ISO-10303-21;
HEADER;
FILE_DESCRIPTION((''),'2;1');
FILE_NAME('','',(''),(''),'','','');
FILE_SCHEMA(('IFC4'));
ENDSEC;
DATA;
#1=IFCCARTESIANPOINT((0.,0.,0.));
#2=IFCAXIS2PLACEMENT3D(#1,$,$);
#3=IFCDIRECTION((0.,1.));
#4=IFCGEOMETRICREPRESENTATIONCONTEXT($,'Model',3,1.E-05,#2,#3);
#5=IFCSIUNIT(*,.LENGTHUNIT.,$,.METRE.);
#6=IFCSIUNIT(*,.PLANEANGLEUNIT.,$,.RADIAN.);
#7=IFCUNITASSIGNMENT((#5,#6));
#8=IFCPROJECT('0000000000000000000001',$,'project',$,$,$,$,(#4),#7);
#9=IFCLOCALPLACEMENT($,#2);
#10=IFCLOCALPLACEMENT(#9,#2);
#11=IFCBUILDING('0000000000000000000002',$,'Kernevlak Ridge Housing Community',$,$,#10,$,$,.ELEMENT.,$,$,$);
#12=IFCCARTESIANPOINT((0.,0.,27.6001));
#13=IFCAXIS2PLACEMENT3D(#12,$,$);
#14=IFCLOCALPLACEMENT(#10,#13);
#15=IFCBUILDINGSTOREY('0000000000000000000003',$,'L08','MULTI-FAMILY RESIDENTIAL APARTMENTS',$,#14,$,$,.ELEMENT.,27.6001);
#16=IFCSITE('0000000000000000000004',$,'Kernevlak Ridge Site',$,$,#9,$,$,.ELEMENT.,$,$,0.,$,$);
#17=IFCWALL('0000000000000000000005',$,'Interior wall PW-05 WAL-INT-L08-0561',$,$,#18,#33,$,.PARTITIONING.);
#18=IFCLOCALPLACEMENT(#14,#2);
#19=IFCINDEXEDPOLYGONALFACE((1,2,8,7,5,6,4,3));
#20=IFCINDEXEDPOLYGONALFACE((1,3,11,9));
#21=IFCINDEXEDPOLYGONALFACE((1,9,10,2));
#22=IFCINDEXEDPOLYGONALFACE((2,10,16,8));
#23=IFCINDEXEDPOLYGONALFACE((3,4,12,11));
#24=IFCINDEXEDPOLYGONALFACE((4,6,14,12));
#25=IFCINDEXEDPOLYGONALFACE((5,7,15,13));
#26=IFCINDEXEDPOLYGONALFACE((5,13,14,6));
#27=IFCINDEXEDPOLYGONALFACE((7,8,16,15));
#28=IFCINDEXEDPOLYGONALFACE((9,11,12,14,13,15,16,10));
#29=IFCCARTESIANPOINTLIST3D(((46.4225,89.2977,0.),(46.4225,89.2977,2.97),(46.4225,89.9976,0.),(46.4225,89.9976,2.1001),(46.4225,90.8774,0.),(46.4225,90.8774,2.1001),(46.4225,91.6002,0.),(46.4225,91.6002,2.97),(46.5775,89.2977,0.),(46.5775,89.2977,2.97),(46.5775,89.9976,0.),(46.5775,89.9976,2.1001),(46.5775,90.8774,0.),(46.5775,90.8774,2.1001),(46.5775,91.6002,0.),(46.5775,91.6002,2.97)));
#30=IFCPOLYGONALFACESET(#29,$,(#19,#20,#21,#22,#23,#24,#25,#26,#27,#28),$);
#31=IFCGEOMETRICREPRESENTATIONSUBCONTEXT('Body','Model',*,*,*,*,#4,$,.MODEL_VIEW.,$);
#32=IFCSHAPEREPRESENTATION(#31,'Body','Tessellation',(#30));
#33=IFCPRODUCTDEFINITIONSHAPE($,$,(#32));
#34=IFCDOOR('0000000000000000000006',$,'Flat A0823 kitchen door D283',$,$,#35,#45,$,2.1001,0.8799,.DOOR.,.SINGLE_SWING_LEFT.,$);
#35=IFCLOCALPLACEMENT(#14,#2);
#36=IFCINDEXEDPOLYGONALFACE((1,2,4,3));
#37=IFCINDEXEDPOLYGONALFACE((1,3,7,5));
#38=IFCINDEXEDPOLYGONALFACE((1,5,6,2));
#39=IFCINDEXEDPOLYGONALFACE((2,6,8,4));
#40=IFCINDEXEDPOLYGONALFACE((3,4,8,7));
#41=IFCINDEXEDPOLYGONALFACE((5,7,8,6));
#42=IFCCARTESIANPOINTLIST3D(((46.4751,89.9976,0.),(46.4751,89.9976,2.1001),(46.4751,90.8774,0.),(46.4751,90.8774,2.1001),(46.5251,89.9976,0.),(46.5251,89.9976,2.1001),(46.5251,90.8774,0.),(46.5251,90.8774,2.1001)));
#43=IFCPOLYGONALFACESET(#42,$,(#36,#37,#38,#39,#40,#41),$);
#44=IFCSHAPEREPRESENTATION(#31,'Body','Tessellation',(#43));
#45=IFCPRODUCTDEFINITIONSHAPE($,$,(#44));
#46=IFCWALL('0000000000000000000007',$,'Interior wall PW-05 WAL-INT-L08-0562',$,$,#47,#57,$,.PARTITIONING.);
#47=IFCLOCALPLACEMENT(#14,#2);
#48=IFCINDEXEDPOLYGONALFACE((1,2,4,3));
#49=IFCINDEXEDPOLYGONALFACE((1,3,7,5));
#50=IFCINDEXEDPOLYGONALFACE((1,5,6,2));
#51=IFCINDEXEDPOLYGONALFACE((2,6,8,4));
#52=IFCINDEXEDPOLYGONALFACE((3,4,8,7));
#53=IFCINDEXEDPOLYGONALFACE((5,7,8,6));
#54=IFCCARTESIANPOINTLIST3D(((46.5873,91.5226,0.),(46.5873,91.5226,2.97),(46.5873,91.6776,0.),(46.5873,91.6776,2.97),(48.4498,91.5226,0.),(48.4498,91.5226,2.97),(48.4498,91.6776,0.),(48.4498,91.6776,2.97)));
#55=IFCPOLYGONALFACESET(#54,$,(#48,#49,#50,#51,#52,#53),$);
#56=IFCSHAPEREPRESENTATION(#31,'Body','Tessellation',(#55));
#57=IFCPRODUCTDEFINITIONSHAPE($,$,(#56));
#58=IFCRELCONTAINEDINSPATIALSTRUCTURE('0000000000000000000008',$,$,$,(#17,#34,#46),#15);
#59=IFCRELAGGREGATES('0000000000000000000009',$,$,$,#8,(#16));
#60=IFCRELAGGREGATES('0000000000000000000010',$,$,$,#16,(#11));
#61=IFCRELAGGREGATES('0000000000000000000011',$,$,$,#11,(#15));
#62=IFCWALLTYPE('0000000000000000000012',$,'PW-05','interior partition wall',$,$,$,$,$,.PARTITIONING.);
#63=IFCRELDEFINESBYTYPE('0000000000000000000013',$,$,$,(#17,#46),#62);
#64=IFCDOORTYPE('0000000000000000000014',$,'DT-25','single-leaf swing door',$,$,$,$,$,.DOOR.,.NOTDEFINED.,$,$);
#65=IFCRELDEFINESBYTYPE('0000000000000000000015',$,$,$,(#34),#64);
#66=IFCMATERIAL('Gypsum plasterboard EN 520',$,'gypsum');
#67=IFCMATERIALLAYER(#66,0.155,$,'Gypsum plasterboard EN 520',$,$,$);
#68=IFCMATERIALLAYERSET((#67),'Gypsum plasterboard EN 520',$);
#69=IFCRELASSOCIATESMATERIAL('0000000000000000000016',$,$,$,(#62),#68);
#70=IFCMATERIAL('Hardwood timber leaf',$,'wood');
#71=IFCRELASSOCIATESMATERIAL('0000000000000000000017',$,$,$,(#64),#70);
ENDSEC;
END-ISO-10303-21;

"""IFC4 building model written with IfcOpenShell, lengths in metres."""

from ifc_helpers import new_model, si_unit, direction, frame, frame_2d, origin, place, context, subcontext, project, spatial, rectangle, extrude, material, layer, layer_set, type_object, element, fill, save


model = new_model("IFC4")

# Units and contexts
model_context = context("Model", 3, precision=1e-05, world=origin(), true_north=direction((0.0, 1.0)))
body_context = subcontext(model_context, "Body", "Model", "MODEL_VIEW")
ifc_project = project(units=[si_unit("LENGTHUNIT", "METRE"), si_unit("PLANEANGLEUNIT", "RADIAN")], contexts=[model_context])

# Site, building, storey
site_placement = place(None, origin())
site = spatial("IfcSite", under=ifc_project, at=site_placement, Name="Kernevlak Ridge Site", CompositionType="ELEMENT", RefElevation=0.0)
building_placement = place(site_placement, origin())
building = spatial("IfcBuilding", under=site, at=building_placement, Name="Kernevlak Ridge Housing Community", CompositionType="ELEMENT")
storey_placement = place(building_placement, frame((0.0, 0.0, 27.6001)))
storey = spatial("IfcBuildingStorey", under=building, at=storey_placement, Name="L08", Description="MULTI-FAMILY RESIDENTIAL APARTMENTS", CompositionType="ELEMENT", Elevation=27.6001)

# Wall, opening, door
ifc_material_1 = material(Name="Gypsum plasterboard EN 520", Category="gypsum")
ifc_layer_1 = layer(ifc_material_1, 0.155, Name="Gypsum plasterboard EN 520")
ifc_layer_set_1 = layer_set([ifc_layer_1], Name="Gypsum plasterboard EN 520")
wall_type_1 = type_object("IfcWallType", Name="PW-05", Description="interior partition wall", PredefinedType="PARTITIONING", material=ifc_layer_set_1)
wall_1_placement = place(storey_placement, frame((46.5, 89.2976, 0.0), z_axis=(0.0, 0.0, 1.0), x_axis=(0.0, 1.0, 0.0)))
wall_1 = element("IfcWall", 1, at=wall_1_placement, inside=storey, type_object=wall_type_1, Name="Interior wall PW-05 WAL-INT-L08-0561", PredefinedType="PARTITIONING", context=body_context, shape_type="SweptSolid", body=[
    extrude(rectangle(XDim=2.3025, YDim=0.155, at=frame_2d((1.1514, 0.0))), origin(), (0.0, 0.0, 1.0), 2.97),
])
opening_1_placement = place(wall_1_placement, frame((0.7, 0.0, 0.0)))
opening_1 = element("IfcOpeningElement", 2, at=opening_1_placement, cuts=wall_1, PredefinedType="OPENING", context=body_context, shape_type="SweptSolid", body=[
    extrude(rectangle(XDim=0.8799, YDim=2.1001, at=frame_2d((0.4399, 1.05))), frame((0.0, 0.0874, 0.0), z_axis=(0.0, -1.0, 0.0), x_axis=(1.0, 0.0, 0.0)), (0.0, 0.0, 1.0), 0.175),
])
ifc_material_2 = material(Name="Hardwood timber leaf", Category="wood")
door_type_1 = type_object("IfcDoorType", Name="DT-25", Description="single-leaf swing door", OperationType="NOTDEFINED", PredefinedType="DOOR", material=ifc_material_2)
door_1_placement = place(opening_1_placement, origin())
door_1 = element("IfcDoor", 3, at=door_1_placement, inside=storey, type_object=door_type_1, Name="Flat A0823 kitchen door D283", OperationType="SINGLE_SWING_LEFT", OverallHeight=2.1001, OverallWidth=0.8799, PredefinedType="DOOR", context=body_context, shape_type="SweptSolid", body=[
    extrude(rectangle(XDim=0.8799, YDim=2.1001, at=frame_2d((0.4399, 1.05))), frame((0.0, 0.0249, 0.0), z_axis=(0.0, -1.0, 0.0), x_axis=(1.0, 0.0, 0.0)), (0.0, 0.0, 1.0), 0.05),
])
fill(opening_1, door_1)

# Wall
wall_2_placement = place(storey_placement, frame((46.5874, 91.6001, 0.0), z_axis=(0.0, 0.0, 1.0), x_axis=(1.0, 0.0, 0.0)))
element("IfcWall", 4, at=wall_2_placement, inside=storey, type_object=wall_type_1, Name="Interior wall PW-05 WAL-INT-L08-0562", PredefinedType="PARTITIONING", context=body_context, shape_type="SweptSolid", body=[
    extrude(rectangle(XDim=1.8625, YDim=0.155, at=frame_2d((0.9312, 0.0))), origin(), (0.0, 0.0, 1.0), 2.97),
])

save(model, "model.ifc")
